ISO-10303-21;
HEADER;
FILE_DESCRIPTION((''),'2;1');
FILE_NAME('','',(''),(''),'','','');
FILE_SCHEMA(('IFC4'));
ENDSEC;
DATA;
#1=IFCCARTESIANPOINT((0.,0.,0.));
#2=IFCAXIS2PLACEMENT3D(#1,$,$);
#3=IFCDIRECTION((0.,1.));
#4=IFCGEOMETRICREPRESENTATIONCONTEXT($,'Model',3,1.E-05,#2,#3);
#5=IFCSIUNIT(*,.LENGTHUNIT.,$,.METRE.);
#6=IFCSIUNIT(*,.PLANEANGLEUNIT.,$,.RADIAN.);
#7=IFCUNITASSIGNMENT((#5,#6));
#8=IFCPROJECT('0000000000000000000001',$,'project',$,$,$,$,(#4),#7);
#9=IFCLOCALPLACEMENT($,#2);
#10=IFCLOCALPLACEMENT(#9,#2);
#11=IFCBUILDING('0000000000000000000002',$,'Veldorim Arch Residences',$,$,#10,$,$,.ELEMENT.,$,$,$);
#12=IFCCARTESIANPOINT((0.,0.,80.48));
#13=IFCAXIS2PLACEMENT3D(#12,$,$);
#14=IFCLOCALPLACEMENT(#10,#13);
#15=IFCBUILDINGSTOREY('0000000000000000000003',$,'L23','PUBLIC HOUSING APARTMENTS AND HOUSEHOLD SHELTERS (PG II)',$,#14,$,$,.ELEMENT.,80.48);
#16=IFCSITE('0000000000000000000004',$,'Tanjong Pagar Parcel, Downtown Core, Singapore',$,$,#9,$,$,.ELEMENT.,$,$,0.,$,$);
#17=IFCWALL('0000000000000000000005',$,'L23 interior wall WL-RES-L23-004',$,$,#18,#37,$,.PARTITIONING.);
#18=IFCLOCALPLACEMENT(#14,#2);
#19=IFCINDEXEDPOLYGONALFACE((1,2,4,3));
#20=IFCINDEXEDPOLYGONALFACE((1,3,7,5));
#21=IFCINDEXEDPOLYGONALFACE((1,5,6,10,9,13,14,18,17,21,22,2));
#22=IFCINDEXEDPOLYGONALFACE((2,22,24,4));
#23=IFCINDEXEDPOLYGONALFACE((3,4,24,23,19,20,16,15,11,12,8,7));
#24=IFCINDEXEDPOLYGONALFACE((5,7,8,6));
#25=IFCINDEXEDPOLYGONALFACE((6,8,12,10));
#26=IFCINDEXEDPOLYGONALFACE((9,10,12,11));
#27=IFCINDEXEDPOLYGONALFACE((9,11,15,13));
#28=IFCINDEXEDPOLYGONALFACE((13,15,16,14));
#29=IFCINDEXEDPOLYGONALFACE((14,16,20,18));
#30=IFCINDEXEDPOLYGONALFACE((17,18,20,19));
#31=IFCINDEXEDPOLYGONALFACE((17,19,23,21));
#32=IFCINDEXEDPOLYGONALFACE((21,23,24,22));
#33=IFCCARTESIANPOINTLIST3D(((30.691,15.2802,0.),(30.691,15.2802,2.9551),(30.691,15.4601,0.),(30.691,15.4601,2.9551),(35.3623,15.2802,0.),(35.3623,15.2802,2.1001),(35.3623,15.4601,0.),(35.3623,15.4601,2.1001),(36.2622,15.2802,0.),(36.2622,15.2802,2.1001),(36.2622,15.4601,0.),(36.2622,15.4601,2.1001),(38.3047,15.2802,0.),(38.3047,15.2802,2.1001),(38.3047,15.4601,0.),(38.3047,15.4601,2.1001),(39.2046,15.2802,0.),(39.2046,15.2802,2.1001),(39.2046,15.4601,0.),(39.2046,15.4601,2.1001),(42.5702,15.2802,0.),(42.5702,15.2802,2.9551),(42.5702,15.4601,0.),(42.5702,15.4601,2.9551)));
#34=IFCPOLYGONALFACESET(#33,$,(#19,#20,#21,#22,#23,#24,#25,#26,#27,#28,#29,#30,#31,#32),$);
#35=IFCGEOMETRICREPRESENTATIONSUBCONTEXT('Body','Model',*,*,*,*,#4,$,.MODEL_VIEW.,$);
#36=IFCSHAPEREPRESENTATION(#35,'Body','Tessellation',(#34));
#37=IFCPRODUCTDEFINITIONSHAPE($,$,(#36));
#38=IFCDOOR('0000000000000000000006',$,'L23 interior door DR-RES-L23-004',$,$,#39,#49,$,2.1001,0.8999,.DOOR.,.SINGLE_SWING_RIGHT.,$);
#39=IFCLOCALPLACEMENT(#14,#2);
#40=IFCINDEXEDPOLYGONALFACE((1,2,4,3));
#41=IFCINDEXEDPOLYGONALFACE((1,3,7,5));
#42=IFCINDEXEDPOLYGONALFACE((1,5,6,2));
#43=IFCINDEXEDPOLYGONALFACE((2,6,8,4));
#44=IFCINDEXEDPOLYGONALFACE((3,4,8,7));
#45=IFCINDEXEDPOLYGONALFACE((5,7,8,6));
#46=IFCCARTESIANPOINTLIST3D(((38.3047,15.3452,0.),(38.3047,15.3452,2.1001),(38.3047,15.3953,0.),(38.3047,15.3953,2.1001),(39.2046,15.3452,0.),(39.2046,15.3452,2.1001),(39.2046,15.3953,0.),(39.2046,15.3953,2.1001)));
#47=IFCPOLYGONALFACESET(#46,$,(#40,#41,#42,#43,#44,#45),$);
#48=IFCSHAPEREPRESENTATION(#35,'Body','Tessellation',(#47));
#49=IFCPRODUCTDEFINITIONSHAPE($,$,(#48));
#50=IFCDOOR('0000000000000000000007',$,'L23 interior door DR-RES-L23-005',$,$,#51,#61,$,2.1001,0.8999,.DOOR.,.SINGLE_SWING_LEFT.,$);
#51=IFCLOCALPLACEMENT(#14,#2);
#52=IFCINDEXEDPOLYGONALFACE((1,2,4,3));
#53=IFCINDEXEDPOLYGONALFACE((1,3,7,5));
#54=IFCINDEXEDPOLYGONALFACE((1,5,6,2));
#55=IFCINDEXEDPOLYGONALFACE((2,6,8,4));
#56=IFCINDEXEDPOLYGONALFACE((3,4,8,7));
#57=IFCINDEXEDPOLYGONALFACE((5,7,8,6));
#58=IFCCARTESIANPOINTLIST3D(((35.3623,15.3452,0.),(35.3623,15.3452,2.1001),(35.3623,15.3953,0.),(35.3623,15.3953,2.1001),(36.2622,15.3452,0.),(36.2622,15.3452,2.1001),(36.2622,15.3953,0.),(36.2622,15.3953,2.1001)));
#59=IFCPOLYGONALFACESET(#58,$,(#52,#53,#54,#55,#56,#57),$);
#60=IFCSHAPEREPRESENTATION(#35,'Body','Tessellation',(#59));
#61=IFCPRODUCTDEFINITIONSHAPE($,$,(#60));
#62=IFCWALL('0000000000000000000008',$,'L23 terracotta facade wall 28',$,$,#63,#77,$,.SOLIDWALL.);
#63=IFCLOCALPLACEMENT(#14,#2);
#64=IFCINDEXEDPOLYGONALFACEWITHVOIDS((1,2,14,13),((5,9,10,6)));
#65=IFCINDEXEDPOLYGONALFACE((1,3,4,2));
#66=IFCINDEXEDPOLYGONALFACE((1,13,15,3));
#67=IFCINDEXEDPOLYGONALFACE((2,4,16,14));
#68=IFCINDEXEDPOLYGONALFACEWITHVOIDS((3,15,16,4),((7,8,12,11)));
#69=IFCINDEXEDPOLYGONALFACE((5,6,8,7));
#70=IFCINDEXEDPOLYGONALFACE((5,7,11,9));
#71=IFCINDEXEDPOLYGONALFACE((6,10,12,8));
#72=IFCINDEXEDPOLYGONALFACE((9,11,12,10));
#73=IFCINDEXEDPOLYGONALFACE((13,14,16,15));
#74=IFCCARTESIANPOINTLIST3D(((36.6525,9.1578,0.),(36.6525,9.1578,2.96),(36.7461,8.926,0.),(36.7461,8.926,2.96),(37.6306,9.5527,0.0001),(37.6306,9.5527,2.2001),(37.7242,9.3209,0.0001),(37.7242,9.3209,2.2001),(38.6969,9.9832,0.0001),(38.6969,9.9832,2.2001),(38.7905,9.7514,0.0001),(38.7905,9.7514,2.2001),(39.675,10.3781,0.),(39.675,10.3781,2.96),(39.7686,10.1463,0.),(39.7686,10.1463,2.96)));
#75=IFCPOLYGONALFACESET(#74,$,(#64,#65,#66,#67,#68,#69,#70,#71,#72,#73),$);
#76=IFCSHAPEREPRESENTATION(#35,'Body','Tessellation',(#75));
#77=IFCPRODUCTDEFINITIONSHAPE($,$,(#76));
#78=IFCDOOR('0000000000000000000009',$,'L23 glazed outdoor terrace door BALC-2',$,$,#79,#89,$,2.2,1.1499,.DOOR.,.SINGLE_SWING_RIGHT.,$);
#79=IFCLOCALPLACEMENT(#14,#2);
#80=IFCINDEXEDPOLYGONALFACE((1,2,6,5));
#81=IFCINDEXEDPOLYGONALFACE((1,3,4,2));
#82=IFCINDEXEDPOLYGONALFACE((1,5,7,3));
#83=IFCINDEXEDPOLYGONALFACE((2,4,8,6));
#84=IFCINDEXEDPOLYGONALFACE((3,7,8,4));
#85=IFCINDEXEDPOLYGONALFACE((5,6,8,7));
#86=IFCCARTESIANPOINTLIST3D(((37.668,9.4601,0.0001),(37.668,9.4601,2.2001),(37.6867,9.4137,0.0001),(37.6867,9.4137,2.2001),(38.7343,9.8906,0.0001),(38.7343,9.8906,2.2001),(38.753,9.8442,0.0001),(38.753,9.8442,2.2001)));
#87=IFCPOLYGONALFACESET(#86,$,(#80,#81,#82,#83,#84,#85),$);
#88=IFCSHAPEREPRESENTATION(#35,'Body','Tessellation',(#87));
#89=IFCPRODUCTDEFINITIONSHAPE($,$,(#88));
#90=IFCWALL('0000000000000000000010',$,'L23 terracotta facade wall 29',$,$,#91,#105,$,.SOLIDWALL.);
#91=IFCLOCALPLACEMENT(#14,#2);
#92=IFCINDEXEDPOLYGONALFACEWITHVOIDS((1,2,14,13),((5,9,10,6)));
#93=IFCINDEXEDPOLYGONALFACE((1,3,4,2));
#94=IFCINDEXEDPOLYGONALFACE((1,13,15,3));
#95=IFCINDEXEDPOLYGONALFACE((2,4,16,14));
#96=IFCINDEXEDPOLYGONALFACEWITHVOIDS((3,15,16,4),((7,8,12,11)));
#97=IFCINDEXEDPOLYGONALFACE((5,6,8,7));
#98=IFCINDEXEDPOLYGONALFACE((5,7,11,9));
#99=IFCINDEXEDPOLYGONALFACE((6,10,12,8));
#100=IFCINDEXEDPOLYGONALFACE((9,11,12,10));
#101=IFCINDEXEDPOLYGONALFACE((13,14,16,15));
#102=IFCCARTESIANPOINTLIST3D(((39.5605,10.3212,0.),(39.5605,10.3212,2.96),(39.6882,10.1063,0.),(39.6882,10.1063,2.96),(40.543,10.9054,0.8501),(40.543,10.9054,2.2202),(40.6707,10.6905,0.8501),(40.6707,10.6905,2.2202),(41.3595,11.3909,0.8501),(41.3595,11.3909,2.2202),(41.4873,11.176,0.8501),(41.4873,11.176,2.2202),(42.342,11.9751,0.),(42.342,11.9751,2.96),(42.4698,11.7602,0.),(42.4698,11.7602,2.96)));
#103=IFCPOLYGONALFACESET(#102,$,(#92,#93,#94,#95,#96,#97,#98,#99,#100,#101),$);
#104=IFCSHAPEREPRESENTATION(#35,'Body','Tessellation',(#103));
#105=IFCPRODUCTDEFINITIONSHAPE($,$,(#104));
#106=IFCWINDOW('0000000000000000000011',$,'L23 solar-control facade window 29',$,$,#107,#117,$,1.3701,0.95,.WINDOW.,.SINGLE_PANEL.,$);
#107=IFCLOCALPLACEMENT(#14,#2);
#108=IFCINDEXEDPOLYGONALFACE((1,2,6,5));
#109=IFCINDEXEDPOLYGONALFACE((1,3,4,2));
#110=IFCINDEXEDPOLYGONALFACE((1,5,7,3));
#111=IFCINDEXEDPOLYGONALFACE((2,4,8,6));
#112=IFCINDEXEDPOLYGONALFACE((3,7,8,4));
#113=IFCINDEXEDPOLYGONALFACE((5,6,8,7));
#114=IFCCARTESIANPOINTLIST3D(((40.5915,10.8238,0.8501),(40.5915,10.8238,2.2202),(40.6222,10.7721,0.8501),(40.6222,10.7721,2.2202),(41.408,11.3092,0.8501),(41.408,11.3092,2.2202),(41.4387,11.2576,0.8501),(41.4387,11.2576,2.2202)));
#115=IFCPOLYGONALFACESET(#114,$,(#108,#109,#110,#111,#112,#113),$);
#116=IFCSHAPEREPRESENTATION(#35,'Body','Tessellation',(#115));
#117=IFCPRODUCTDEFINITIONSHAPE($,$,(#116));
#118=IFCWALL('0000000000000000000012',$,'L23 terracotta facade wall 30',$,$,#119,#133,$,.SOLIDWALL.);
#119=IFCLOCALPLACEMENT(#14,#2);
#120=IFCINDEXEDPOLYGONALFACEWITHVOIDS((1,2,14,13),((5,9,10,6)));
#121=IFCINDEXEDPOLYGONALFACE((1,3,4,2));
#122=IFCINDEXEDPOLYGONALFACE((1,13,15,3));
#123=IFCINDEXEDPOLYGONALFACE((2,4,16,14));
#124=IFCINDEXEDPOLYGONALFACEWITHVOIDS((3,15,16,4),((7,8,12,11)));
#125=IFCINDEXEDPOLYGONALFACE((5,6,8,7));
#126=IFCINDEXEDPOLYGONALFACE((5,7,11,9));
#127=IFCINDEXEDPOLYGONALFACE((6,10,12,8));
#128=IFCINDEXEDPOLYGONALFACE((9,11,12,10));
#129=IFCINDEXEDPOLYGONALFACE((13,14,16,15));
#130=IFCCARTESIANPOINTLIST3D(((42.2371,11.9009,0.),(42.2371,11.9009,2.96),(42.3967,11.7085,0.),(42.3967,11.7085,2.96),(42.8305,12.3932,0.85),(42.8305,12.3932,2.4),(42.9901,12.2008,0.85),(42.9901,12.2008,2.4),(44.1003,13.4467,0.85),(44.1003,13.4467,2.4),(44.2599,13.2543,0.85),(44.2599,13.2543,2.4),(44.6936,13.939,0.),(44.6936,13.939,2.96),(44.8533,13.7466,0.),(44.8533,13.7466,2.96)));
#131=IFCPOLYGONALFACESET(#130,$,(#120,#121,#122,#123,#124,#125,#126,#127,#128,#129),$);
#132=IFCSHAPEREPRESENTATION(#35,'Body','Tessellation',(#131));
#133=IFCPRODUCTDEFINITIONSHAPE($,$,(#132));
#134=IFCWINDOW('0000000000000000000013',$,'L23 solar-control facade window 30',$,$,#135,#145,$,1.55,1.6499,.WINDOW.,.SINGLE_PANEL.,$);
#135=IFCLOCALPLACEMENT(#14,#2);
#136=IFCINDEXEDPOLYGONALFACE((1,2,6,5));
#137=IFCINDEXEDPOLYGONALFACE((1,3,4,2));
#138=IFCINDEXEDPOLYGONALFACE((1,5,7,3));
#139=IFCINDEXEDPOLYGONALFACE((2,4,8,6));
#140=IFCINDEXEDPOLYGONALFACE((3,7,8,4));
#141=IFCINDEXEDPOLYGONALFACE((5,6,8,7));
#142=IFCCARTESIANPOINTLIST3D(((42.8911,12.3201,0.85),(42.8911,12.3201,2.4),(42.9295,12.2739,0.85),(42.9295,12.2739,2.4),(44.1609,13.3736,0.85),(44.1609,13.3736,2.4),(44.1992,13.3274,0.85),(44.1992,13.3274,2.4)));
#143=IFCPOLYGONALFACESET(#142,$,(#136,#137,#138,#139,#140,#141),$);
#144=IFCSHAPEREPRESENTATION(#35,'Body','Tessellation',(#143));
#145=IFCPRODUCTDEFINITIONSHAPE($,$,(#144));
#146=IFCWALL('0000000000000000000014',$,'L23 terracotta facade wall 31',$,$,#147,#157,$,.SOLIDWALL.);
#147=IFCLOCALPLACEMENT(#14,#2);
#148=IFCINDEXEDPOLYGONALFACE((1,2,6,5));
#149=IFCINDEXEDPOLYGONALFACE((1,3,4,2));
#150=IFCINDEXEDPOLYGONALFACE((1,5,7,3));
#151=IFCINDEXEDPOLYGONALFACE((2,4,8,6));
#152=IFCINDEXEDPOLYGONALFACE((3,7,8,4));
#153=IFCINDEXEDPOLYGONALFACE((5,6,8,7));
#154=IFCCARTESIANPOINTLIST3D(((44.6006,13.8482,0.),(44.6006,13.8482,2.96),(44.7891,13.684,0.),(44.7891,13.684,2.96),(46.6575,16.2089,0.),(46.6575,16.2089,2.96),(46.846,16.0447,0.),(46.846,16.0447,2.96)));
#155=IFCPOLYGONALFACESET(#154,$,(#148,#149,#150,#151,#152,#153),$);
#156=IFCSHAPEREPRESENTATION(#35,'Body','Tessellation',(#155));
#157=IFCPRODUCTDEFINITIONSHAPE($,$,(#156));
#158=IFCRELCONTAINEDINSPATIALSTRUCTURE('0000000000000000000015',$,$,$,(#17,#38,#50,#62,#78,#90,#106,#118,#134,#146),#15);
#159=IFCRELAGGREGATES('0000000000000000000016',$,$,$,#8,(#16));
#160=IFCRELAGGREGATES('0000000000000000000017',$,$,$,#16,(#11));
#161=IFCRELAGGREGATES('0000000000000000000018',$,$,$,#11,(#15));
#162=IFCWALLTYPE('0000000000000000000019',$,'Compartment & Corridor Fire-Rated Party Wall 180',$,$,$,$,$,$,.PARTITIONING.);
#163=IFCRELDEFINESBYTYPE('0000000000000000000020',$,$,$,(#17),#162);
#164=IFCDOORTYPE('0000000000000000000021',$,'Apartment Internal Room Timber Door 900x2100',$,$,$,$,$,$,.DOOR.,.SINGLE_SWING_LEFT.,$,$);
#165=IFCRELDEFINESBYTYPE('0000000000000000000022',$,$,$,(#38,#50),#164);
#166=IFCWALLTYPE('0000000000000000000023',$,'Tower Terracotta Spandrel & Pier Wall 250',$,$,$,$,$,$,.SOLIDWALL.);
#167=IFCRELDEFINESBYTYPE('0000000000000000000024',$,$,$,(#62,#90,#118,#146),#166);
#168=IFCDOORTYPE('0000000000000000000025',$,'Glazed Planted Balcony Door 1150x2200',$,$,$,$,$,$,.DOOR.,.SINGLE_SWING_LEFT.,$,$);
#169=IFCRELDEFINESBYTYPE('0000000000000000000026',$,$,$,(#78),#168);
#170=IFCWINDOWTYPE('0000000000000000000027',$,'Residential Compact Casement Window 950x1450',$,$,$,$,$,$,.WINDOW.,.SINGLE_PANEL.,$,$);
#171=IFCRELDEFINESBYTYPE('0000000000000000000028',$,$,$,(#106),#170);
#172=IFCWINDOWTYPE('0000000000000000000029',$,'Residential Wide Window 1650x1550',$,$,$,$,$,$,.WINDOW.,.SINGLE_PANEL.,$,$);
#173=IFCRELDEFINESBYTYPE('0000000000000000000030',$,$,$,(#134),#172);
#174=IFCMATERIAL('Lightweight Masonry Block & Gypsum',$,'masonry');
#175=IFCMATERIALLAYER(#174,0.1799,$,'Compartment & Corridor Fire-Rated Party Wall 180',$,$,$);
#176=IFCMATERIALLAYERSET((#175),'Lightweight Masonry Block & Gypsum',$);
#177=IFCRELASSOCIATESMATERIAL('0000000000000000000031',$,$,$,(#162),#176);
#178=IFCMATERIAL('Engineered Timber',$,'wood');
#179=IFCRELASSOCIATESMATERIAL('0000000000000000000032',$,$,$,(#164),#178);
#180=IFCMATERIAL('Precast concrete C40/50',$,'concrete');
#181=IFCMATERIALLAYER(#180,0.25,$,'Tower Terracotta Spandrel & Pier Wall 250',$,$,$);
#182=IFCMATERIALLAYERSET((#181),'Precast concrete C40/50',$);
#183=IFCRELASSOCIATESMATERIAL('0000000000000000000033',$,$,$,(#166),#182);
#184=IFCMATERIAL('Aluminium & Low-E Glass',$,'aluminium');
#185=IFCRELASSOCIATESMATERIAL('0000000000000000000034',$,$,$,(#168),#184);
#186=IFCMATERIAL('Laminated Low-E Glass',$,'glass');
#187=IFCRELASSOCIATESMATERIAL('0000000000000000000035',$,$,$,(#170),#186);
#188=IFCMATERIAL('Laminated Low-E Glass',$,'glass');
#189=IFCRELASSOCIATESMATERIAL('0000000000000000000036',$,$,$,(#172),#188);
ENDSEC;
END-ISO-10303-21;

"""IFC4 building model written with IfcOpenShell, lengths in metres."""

from ifc_helpers import new_model, si_unit, direction, frame, frame_2d, origin, place, context, subcontext, project, spatial, rectangle, extrude, material, layer, layer_set, type_object, element, fill, save


model = new_model("IFC4")

# Units and contexts
model_context = context("Model", 3, precision=1e-05, world=origin(), true_north=direction((0.0, 1.0)))
body_context = subcontext(model_context, "Body", "Model", "MODEL_VIEW")
ifc_project = project(units=[si_unit("LENGTHUNIT", "METRE"), si_unit("PLANEANGLEUNIT", "RADIAN")], contexts=[model_context])

# Site, building, storey
site_placement = place(None, origin())
site = spatial("IfcSite", under=ifc_project, at=site_placement, Name="Tanjong Pagar Parcel, Downtown Core, Singapore", CompositionType="ELEMENT", RefElevation=0.0)
building_placement = place(site_placement, origin())
building = spatial("IfcBuilding", under=site, at=building_placement, Name="Veldorim Arch Residences", CompositionType="ELEMENT")
storey_placement = place(building_placement, frame((0.0, 0.0, 80.48)))
storey = spatial("IfcBuildingStorey", under=building, at=storey_placement, Name="L23", Description="PUBLIC HOUSING APARTMENTS AND HOUSEHOLD SHELTERS (PG II)", CompositionType="ELEMENT", Elevation=80.48)

# Shared definitions
ifc_material_1 = material(Name="Lightweight Masonry Block & Gypsum", Category="masonry")
ifc_layer_1 = layer(ifc_material_1, 0.1799, Name="Compartment & Corridor Fire-Rated Party Wall 180")
ifc_layer_set_1 = layer_set([ifc_layer_1], Name="Lightweight Masonry Block & Gypsum")
wall_type_1 = type_object("IfcWallType", Name="Compartment & Corridor Fire-Rated Party Wall 180", PredefinedType="PARTITIONING", material=ifc_layer_set_1)

# Wall, openings, doors
wall_1_placement = place(storey_placement, frame((42.5701, 15.3701, 0.0), z_axis=(0.0, 0.0, 1.0), x_axis=(-1.0, 0.0, 0.0)))
wall_1 = element("IfcWall", 1, at=wall_1_placement, inside=storey, type_object=wall_type_1, Name="L23 interior wall WL-RES-L23-004", PredefinedType="PARTITIONING", context=body_context, shape_type="SweptSolid", body=[
    extrude(rectangle(XDim=11.8792, YDim=0.1799, at=frame_2d((5.9395, 0.0))), origin(), (0.0, 0.0, 1.0), 2.9551),
])
opening_1_placement = place(wall_1_placement, frame((3.3655, 0.0, 0.0)))
opening_1 = element("IfcOpeningElement", 2, at=opening_1_placement, cuts=wall_1, PredefinedType="OPENING", context=body_context, shape_type="SweptSolid", body=[
    extrude(rectangle(XDim=0.8999, YDim=2.1001, at=frame_2d((0.45, 1.05))), frame((0.0, 0.0999, 0.0), z_axis=(0.0, -1.0, 0.0), x_axis=(1.0, 0.0, 0.0)), (0.0, 0.0, 1.0), 0.2),
])
opening_2_placement = place(wall_1_placement, frame((6.3079, 0.0, 0.0)))
opening_2 = element("IfcOpeningElement", 3, at=opening_2_placement, cuts=wall_1, PredefinedType="OPENING", context=body_context, shape_type="SweptSolid", body=[
    extrude(rectangle(XDim=0.8999, YDim=2.1001, at=frame_2d((0.45, 1.05))), frame((0.0, 0.0999, 0.0), z_axis=(0.0, -1.0, 0.0), x_axis=(1.0, 0.0, 0.0)), (0.0, 0.0, 1.0), 0.2),
])
ifc_material_2 = material(Name="Engineered Timber", Category="wood")
door_type_1 = type_object("IfcDoorType", Name="Apartment Internal Room Timber Door 900x2100", OperationType="SINGLE_SWING_LEFT", PredefinedType="DOOR", material=ifc_material_2)
door_1_placement = place(opening_1_placement, origin())
door_1 = element("IfcDoor", 4, at=door_1_placement, inside=storey, type_object=door_type_1, Name="L23 interior door DR-RES-L23-004", OperationType="SINGLE_SWING_RIGHT", OverallHeight=2.1001, OverallWidth=0.8999, PredefinedType="DOOR", context=body_context, shape_type="SweptSolid", body=[
    extrude(rectangle(XDim=0.8999, YDim=2.1001, at=frame_2d((0.45, 1.05))), frame((0.0, 0.0249, 0.0), z_axis=(0.0, -1.0, 0.0), x_axis=(1.0, 0.0, 0.0)), (0.0, 0.0, 1.0), 0.05),
])
fill(opening_1, door_1)
door_2_placement = place(opening_2_placement, origin())
door_2 = element("IfcDoor", 5, at=door_2_placement, inside=storey, type_object=door_type_1, Name="L23 interior door DR-RES-L23-005", OperationType="SINGLE_SWING_LEFT", OverallHeight=2.1001, OverallWidth=0.8999, PredefinedType="DOOR", context=body_context, shape_type="SweptSolid", body=[
    extrude(rectangle(XDim=0.8999, YDim=2.1001, at=frame_2d((0.45, 1.05))), frame((0.0, 0.0249, 0.0), z_axis=(0.0, -1.0, 0.0), x_axis=(1.0, 0.0, 0.0)), (0.0, 0.0, 1.0), 0.05),
])
fill(opening_2, door_2)

# Wall, opening, door
ifc_material_3 = material(Name="Precast concrete C40/50", Category="concrete")
ifc_layer_2 = layer(ifc_material_3, 0.25, Name="Tower Terracotta Spandrel & Pier Wall 250")
ifc_layer_set_2 = layer_set([ifc_layer_2], Name="Precast concrete C40/50")
wall_type_2 = type_object("IfcWallType", Name="Tower Terracotta Spandrel & Pier Wall 250", PredefinedType="SOLIDWALL", material=ifc_layer_set_2)
wall_2_placement = place(storey_placement, frame((39.7219, 10.2622, 0.0), z_axis=(0.0, 0.0, 1.0), x_axis=(-0.927284, -0.374359, 0.0)))
wall_2 = element("IfcWall", 6, at=wall_2_placement, inside=storey, type_object=wall_type_2, Name="L23 terracotta facade wall 28", PredefinedType="SOLIDWALL", context=body_context, shape_type="SweptSolid", body=[
    extrude(rectangle(XDim=3.2595, YDim=0.25, at=frame_2d((1.6299, 0.0))), origin(), (0.0, 0.0, 1.0), 2.96),
])
opening_3_placement = place(wall_2_placement, frame((1.0549, 0.0, 0.0)))
opening_3 = element("IfcOpeningElement", 7, at=opening_3_placement, cuts=wall_2, PredefinedType="OPENING", context=body_context, shape_type="SweptSolid", body=[
    extrude(rectangle(XDim=1.1499, YDim=2.2, at=frame_2d((0.575, 1.1001))), frame((0.0, 0.135, 0.0), z_axis=(0.0, -1.0, 0.0), x_axis=(1.0, 0.0, 0.0)), (0.0, 0.0, 1.0), 0.27),
])
ifc_material_4 = material(Name="Aluminium & Low-E Glass", Category="aluminium")
door_type_2 = type_object("IfcDoorType", Name="Glazed Planted Balcony Door 1150x2200", OperationType="SINGLE_SWING_LEFT", PredefinedType="DOOR", material=ifc_material_4)
door_3_placement = place(opening_3_placement, origin())
door_3 = element("IfcDoor", 8, at=door_3_placement, inside=storey, type_object=door_type_2, Name="L23 glazed outdoor terrace door BALC-2", OperationType="SINGLE_SWING_RIGHT", OverallHeight=2.2, OverallWidth=1.1499, PredefinedType="DOOR", context=body_context, shape_type="SweptSolid", body=[
    extrude(rectangle(XDim=1.1499, YDim=2.2, at=frame_2d((0.575, 1.1001))), frame((0.0, 0.0249, 0.0), z_axis=(0.0, -1.0, 0.0), x_axis=(1.0, 0.0, 0.0)), (0.0, 0.0, 1.0), 0.05),
])
fill(opening_3, door_3)

# Walls, openings, windows
wall_3_placement = place(storey_placement, frame((42.406, 11.8677, 0.0), z_axis=(0.0, 0.0, 1.0), x_axis=(-0.859543, -0.511063, 0.0)))
wall_3 = element("IfcWall", 9, at=wall_3_placement, inside=storey, type_object=wall_type_2, Name="L23 terracotta facade wall 29", PredefinedType="SOLIDWALL", context=body_context, shape_type="SweptSolid", body=[
    extrude(rectangle(XDim=3.2361, YDim=0.25, at=frame_2d((1.6182, 0.0))), origin(), (0.0, 0.0, 1.0), 2.96),
])
opening_4_placement = place(wall_3_placement, frame((1.1431, 0.0, 0.8501)))
opening_4 = element("IfcOpeningElement", 10, at=opening_4_placement, cuts=wall_3, PredefinedType="OPENING", context=body_context, shape_type="SweptSolid", body=[
    extrude(rectangle(XDim=0.95, YDim=1.3701, at=frame_2d((0.4751, 0.6851))), frame((0.0, 0.135, 0.0), z_axis=(0.0, -1.0, 0.0), x_axis=(1.0, 0.0, 0.0)), (0.0, 0.0, 1.0), 0.27),
])
ifc_material_5 = material(Name="Laminated Low-E Glass", Category="glass")
window_type_1 = type_object("IfcWindowType", Name="Residential Compact Casement Window 950x1450", PartitioningType="SINGLE_PANEL", PredefinedType="WINDOW", material=ifc_material_5)
window_1_placement = place(opening_4_placement, origin())
window_1 = element("IfcWindow", 11, at=window_1_placement, inside=storey, type_object=window_type_1, Name="L23 solar-control facade window 29", OverallHeight=1.3701, OverallWidth=0.95, PartitioningType="SINGLE_PANEL", PredefinedType="WINDOW", context=body_context, shape_type="SweptSolid", body=[
    extrude(rectangle(XDim=0.95, YDim=1.3701, at=frame_2d((0.4751, 0.6851))), frame((0.0, 0.03, 0.0), z_axis=(0.0, -1.0, 0.0), x_axis=(1.0, 0.0, 0.0)), (0.0, 0.0, 1.0), 0.0601),
])
fill(opening_4, window_1)
wall_4_placement = place(storey_placement, frame((44.7734, 13.8428, 0.0), z_axis=(0.0, 0.0, 1.0), x_axis=(-0.769611, -0.638513, 0.0)))
wall_4 = element("IfcWall", 12, at=wall_4_placement, inside=storey, type_object=wall_type_2, Name="L23 terracotta facade wall 30", PredefinedType="SOLIDWALL", context=body_context, shape_type="SweptSolid", body=[
    extrude(rectangle(XDim=3.1919, YDim=0.25, at=frame_2d((1.5959, 0.0))), origin(), (0.0, 0.0, 1.0), 2.96),
])
opening_5_placement = place(wall_4_placement, frame((0.771, 0.0, 0.8501)))
opening_5 = element("IfcOpeningElement", 13, at=opening_5_placement, cuts=wall_4, PredefinedType="OPENING", context=body_context, shape_type="SweptSolid", body=[
    extrude(rectangle(XDim=1.6499, YDim=1.55, at=frame_2d((0.825, 0.7749))), frame((0.0, 0.135, 0.0), z_axis=(0.0, -1.0, 0.0), x_axis=(1.0, 0.0, 0.0)), (0.0, 0.0, 1.0), 0.27),
])
ifc_material_6 = material(Name="Laminated Low-E Glass", Category="glass")
window_type_2 = type_object("IfcWindowType", Name="Residential Wide Window 1650x1550", PartitioningType="SINGLE_PANEL", PredefinedType="WINDOW", material=ifc_material_6)
window_2_placement = place(opening_5_placement, origin())
window_2 = element("IfcWindow", 14, at=window_2_placement, inside=storey, type_object=window_type_2, Name="L23 solar-control facade window 30", OverallHeight=1.55, OverallWidth=1.6499, PartitioningType="SINGLE_PANEL", PredefinedType="WINDOW", context=body_context, shape_type="SweptSolid", body=[
    extrude(rectangle(XDim=1.6499, YDim=1.55, at=frame_2d((0.825, 0.7749))), frame((0.0, 0.03, 0.0), z_axis=(0.0, -1.0, 0.0), x_axis=(1.0, 0.0, 0.0)), (0.0, 0.0, 1.0), 0.0601),
])
fill(opening_5, window_2)

# Wall
wall_5_placement = place(storey_placement, frame((46.7517, 16.1267, 0.0), z_axis=(0.0, 0.0, 1.0), x_axis=(-0.656941, -0.753942, 0.0)))
element("IfcWall", 15, at=wall_5_placement, inside=storey, type_object=wall_type_2, Name="L23 terracotta facade wall 31", PredefinedType="SOLIDWALL", context=body_context, shape_type="SweptSolid", body=[
    extrude(rectangle(XDim=3.1311, YDim=0.25, at=frame_2d((1.5654, 0.0))), origin(), (0.0, 0.0, 1.0), 2.96),
])

save(model, "model.ifc")
